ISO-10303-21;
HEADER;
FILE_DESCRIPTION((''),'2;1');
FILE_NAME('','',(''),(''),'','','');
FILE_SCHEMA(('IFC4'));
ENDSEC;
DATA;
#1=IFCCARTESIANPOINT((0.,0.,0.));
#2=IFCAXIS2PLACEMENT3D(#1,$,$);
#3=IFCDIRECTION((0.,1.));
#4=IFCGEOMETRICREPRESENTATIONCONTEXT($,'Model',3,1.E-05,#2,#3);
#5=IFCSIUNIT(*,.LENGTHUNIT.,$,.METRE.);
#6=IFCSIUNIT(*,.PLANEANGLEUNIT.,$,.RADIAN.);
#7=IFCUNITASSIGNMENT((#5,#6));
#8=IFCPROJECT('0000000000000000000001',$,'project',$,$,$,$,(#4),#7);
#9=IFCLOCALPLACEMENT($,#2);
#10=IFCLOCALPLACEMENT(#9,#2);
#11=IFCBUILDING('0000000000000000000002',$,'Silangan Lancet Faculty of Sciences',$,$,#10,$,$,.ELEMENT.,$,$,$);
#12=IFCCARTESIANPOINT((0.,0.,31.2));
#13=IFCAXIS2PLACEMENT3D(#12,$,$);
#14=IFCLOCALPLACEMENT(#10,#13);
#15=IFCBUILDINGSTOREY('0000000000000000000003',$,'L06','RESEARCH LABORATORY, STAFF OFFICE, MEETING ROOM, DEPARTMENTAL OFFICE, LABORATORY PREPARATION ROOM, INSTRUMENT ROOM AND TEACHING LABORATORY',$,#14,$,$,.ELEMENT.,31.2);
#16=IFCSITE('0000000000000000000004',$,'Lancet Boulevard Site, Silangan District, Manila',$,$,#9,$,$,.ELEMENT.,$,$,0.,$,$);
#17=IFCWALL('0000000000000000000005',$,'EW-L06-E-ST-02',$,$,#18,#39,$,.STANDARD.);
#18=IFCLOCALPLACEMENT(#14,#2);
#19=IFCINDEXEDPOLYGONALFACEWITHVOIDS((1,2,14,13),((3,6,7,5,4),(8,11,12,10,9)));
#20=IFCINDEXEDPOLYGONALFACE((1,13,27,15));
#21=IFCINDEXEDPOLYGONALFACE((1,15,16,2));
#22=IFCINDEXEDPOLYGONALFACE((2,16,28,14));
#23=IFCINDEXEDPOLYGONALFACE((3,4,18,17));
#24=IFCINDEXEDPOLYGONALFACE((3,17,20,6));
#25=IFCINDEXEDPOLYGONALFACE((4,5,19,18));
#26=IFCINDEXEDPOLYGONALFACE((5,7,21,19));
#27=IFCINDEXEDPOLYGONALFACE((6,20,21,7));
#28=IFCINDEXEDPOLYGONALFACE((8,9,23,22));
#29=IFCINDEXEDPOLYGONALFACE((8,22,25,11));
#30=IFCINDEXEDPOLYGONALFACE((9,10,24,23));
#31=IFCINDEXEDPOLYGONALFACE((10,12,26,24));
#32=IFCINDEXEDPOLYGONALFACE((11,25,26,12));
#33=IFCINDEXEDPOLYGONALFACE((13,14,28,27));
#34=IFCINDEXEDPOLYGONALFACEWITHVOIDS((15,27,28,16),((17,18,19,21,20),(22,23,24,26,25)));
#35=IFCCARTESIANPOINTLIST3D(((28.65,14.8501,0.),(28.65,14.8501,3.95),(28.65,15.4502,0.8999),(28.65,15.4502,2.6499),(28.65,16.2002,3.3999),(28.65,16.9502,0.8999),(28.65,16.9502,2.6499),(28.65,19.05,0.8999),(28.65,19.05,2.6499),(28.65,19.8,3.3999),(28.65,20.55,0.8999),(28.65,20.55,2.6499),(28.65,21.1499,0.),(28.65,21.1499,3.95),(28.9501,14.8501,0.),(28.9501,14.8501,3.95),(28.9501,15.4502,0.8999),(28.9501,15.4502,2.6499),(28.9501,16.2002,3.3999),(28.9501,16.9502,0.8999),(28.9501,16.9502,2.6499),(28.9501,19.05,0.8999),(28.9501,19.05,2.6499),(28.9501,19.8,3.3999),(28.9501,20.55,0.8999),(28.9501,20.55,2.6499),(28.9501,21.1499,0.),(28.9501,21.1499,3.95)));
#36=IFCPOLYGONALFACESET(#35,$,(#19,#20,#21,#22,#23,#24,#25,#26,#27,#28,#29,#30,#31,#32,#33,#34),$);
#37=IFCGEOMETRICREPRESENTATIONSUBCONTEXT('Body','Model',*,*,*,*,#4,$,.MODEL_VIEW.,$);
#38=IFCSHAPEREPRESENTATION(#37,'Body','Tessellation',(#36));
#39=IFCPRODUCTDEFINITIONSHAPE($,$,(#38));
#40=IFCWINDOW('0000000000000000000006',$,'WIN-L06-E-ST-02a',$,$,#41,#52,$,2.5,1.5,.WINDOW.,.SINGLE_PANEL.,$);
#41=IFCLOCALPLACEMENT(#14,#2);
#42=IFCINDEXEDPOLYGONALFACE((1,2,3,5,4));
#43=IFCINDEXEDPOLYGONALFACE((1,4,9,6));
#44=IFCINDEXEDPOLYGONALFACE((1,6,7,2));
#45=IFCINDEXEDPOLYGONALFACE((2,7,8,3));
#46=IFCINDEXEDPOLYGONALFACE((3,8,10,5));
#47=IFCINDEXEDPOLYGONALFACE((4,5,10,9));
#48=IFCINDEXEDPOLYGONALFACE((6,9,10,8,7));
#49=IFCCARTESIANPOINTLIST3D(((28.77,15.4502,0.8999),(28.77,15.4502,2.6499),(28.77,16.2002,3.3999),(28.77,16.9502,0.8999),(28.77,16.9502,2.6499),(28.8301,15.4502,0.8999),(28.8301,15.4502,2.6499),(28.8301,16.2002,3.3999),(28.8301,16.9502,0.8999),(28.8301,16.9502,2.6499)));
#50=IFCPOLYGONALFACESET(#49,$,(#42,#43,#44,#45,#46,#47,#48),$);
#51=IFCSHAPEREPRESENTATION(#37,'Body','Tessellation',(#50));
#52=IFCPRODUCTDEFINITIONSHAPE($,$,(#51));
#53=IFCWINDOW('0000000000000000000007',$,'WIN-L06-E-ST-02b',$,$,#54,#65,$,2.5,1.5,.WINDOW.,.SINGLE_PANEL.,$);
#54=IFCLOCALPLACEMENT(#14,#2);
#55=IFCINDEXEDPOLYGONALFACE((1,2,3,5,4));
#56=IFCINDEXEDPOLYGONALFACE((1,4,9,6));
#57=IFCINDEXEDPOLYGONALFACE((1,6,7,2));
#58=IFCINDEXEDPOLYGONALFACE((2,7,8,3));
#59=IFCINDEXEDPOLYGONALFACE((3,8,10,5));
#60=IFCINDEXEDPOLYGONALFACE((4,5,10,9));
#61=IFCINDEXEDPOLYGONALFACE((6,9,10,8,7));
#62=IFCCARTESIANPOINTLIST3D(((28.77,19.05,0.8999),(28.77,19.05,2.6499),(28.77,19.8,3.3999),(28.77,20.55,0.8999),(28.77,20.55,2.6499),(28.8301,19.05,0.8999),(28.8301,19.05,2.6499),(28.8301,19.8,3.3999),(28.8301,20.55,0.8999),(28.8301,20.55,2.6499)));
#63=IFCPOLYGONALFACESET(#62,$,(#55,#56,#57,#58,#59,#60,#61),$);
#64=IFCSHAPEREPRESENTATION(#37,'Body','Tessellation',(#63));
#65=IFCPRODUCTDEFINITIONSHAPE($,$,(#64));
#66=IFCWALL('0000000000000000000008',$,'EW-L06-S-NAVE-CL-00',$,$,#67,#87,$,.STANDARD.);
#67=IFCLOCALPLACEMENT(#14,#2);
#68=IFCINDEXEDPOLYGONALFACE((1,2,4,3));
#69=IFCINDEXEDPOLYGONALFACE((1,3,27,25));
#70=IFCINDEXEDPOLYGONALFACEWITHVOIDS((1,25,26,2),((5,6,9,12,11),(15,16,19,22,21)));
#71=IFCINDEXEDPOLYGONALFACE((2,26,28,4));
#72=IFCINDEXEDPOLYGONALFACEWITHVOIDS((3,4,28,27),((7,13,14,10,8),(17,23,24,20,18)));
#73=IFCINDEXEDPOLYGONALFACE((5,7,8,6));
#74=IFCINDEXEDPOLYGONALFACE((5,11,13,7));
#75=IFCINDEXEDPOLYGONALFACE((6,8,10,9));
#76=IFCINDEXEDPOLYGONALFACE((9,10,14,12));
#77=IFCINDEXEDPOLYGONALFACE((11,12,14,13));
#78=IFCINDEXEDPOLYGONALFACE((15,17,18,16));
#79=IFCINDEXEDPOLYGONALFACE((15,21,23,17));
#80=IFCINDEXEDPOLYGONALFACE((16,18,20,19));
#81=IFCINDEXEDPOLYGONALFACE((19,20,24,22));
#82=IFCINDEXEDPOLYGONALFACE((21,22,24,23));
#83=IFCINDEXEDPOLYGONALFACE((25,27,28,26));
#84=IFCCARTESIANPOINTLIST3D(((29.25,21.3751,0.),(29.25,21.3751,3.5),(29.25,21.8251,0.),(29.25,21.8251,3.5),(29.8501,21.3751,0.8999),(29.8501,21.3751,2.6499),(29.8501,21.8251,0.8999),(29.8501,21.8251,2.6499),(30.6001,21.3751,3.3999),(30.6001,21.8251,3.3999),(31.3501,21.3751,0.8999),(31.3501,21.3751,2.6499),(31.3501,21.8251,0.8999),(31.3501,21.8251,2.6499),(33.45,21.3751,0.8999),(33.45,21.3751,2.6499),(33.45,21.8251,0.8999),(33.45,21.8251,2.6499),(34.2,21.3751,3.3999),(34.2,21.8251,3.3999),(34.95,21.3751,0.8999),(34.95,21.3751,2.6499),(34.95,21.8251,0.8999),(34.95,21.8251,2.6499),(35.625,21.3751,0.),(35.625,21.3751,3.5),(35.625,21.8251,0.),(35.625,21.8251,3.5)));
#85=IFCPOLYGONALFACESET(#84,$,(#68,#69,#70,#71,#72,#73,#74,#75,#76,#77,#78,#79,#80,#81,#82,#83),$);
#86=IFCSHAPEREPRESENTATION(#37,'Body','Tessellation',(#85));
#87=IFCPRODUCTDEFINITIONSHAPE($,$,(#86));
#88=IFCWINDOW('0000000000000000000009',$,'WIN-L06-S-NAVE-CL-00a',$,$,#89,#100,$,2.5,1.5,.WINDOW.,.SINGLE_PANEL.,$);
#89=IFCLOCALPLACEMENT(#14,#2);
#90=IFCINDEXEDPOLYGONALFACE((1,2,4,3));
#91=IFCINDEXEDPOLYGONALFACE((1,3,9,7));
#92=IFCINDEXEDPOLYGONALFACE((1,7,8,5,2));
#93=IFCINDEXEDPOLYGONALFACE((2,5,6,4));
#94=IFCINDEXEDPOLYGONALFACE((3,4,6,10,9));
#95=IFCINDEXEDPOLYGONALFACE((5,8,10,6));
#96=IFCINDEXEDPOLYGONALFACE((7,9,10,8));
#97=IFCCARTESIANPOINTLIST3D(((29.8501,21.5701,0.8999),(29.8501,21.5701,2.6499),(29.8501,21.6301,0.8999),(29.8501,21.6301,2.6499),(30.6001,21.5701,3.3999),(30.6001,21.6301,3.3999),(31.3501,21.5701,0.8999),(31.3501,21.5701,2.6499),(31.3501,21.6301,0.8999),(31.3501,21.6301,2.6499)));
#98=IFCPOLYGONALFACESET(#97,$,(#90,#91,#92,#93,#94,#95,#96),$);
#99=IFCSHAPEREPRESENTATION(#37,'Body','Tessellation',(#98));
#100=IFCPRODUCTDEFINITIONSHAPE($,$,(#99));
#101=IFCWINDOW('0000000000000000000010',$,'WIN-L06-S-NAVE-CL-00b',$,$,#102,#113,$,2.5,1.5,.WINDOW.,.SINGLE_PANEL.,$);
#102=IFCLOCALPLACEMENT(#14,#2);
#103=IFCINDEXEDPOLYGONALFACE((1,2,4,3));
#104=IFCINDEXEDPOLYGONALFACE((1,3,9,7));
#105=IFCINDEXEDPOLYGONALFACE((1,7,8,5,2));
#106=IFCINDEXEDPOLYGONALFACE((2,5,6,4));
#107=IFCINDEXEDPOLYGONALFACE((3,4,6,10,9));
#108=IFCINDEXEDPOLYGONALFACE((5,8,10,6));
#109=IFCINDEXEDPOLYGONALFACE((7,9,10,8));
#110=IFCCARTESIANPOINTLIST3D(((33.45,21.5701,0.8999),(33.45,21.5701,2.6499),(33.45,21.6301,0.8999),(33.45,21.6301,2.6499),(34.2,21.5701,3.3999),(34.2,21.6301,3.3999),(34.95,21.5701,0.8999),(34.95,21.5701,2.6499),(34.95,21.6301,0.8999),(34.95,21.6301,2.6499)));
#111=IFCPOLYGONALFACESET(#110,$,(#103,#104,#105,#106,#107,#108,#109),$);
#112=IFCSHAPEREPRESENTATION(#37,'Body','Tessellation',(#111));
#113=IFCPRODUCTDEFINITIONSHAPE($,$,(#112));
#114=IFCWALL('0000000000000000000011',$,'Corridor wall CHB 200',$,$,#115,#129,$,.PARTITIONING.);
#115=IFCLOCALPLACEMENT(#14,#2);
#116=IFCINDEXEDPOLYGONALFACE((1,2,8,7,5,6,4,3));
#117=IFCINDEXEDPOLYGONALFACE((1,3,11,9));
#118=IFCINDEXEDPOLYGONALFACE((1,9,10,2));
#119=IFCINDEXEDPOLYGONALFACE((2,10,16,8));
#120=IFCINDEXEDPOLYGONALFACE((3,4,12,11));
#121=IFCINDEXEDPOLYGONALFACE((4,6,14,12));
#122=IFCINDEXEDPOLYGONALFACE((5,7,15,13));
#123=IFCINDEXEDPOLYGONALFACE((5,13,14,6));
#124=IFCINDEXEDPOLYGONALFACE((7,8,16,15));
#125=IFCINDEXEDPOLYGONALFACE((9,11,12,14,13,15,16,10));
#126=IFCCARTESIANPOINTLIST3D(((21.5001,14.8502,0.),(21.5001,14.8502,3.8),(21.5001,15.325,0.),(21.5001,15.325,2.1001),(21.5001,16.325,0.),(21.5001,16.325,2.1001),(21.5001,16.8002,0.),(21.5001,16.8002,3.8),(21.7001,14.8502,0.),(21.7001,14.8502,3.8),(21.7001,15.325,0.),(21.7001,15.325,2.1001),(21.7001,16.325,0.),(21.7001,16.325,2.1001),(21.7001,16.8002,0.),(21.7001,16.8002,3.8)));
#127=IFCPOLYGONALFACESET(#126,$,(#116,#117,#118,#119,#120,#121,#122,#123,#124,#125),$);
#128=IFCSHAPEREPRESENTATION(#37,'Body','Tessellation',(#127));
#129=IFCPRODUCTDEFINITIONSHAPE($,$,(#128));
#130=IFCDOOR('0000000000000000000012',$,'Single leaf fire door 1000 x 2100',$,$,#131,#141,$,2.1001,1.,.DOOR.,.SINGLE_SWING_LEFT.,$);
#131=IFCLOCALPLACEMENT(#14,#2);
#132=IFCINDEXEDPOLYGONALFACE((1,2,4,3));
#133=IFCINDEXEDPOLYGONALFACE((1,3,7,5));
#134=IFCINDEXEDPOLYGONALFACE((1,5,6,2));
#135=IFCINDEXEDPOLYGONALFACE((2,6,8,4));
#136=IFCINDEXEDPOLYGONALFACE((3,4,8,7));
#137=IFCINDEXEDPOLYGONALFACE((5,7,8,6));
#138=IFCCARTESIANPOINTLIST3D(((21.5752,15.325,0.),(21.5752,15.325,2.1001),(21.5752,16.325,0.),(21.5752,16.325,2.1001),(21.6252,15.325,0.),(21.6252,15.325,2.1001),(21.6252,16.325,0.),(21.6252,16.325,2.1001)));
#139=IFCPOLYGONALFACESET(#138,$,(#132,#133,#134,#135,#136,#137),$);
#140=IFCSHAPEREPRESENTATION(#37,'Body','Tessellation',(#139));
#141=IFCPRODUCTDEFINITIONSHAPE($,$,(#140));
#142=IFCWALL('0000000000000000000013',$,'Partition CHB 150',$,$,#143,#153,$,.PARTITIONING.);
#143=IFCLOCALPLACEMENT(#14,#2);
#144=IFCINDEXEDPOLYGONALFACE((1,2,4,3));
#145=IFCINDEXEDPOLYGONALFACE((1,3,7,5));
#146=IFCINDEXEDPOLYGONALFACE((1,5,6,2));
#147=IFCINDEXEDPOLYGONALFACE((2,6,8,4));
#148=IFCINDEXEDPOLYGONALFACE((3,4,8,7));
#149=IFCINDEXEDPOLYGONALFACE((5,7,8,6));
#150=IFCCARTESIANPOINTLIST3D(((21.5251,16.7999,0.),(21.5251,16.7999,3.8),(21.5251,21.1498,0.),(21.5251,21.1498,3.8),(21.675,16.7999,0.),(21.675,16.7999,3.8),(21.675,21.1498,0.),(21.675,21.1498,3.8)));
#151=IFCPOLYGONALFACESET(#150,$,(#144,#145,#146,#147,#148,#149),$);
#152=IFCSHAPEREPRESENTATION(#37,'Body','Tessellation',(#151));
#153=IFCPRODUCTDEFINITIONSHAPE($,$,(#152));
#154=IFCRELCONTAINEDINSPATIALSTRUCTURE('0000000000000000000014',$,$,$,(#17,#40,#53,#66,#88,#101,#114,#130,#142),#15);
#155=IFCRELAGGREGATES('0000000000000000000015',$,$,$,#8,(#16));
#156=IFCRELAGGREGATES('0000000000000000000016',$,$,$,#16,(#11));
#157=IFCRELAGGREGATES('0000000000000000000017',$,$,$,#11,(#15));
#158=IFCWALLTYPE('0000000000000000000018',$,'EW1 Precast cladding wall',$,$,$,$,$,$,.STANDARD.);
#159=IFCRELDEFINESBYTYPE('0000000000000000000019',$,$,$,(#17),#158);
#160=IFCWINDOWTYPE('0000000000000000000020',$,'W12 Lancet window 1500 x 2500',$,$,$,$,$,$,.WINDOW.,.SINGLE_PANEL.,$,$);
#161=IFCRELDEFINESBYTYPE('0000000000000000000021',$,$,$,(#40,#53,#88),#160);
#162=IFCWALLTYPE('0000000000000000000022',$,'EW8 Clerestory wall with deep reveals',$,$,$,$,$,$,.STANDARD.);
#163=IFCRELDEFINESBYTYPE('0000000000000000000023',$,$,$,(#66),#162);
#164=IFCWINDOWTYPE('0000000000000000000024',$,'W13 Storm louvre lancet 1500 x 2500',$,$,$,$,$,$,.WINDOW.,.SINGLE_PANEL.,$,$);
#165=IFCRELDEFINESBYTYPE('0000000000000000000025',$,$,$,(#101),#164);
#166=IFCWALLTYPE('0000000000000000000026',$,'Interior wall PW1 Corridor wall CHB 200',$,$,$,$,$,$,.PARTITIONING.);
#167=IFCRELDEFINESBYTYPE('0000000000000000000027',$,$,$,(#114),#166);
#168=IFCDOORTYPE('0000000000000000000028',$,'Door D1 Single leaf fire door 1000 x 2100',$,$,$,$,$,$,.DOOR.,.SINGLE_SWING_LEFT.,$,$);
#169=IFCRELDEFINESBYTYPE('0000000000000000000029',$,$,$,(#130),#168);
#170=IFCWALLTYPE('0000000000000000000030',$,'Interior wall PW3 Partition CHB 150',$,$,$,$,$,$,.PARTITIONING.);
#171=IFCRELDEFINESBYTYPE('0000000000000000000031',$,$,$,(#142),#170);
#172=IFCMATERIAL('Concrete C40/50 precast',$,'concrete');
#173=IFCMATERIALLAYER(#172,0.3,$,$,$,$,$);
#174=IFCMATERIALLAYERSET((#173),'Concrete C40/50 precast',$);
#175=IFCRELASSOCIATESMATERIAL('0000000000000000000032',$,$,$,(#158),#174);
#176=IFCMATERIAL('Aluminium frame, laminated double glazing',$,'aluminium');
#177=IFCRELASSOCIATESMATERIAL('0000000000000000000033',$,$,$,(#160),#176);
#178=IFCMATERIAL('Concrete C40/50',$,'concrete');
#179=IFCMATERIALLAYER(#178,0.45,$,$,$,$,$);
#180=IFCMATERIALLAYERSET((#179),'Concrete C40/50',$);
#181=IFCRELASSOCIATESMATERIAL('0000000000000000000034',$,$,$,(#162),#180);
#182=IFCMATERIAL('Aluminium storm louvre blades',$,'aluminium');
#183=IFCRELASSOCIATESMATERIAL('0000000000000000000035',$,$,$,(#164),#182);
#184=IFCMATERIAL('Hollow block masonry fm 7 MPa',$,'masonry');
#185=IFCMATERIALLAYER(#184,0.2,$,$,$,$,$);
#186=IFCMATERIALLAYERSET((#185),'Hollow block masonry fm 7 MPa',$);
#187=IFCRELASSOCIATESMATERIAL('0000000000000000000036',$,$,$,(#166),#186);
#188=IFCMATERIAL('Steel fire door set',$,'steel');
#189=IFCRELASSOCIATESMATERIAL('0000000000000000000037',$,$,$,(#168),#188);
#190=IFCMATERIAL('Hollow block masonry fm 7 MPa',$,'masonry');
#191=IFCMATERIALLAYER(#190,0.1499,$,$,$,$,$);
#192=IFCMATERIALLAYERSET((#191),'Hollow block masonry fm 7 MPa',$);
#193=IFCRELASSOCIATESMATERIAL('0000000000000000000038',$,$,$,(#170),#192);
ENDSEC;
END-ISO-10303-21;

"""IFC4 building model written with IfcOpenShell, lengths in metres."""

from ifc_helpers import new_model, si_unit, direction, frame, frame_2d, origin, place, context, subcontext, project, spatial, polyline, rectangle, outline, extrude, material, layer, layer_set, type_object, element, fill, save


model = new_model("IFC4")

# Units and contexts
model_context = context("Model", 3, precision=1e-05, world=origin(), true_north=direction((0.0, 1.0)))
body_context = subcontext(model_context, "Body", "Model", "MODEL_VIEW")
ifc_project = project(units=[si_unit("LENGTHUNIT", "METRE"), si_unit("PLANEANGLEUNIT", "RADIAN")], contexts=[model_context])

# Site, building, storey
site_placement = place(None, origin())
site = spatial("IfcSite", under=ifc_project, at=site_placement, Name="Lancet Boulevard Site, Silangan District, Manila", CompositionType="ELEMENT", RefElevation=0.0)
building_placement = place(site_placement, origin())
building = spatial("IfcBuilding", under=site, at=building_placement, Name="Silangan Lancet Faculty of Sciences", CompositionType="ELEMENT")
storey_placement = place(building_placement, frame((0.0, 0.0, 31.2)))
storey = spatial("IfcBuildingStorey", under=building, at=storey_placement, Name="L06", Description="RESEARCH LABORATORY, STAFF OFFICE, MEETING ROOM, DEPARTMENTAL OFFICE, LABORATORY PREPARATION ROOM, INSTRUMENT ROOM AND TEACHING LABORATORY", CompositionType="ELEMENT", Elevation=31.2)

# Walls, openings, windows
ifc_material_1 = material(Name="Concrete C40/50 precast", Category="concrete")
ifc_layer_1 = layer(ifc_material_1, 0.3)
ifc_layer_set_1 = layer_set([ifc_layer_1], Name="Concrete C40/50 precast")
wall_type_1 = type_object("IfcWallType", Name="EW1 Precast cladding wall", PredefinedType="STANDARD", material=ifc_layer_set_1)
wall_1_placement = place(storey_placement, frame((28.8, 14.8501, 0.0), z_axis=(0.0, 0.0, 1.0), x_axis=(0.0, 1.0, 0.0)))
wall_1 = element("IfcWall", 1, at=wall_1_placement, inside=storey, type_object=wall_type_1, Name="EW-L06-E-ST-02", PredefinedType="STANDARD", context=body_context, shape_type="SweptSolid", body=[
    extrude(rectangle(XDim=6.2998, YDim=0.3, at=frame_2d((3.1499, 0.0))), origin(), (0.0, 0.0, 1.0), 3.95),
])
opening_1_placement = place(wall_1_placement, frame((0.6001, 0.0, 0.8999)))
opening_1 = element("IfcOpeningElement", 2, at=opening_1_placement, cuts=wall_1, PredefinedType="OPENING", context=body_context, shape_type="SweptSolid", body=[
    extrude(outline(polyline([(0.0, 0.0), (1.5, 0.0), (1.5, 1.75), (0.75, 2.5), (0.0, 1.75), (0.0, 0.0)])), frame((0.0, 0.1599, 0.0), z_axis=(0.0, -1.0, 0.0), x_axis=(1.0, 0.0, 0.0)), (0.0, 0.0, 1.0), 0.3201),
])
opening_2_placement = place(wall_1_placement, frame((4.2, 0.0, 0.8999)))
opening_2 = element("IfcOpeningElement", 3, at=opening_2_placement, cuts=wall_1, PredefinedType="OPENING", context=body_context, shape_type="SweptSolid", body=[
    extrude(outline(polyline([(0.0, 0.0), (1.5, 0.0), (1.5, 1.75), (0.75, 2.5), (0.0, 1.75), (0.0, 0.0)])), frame((0.0, 0.1599, 0.0), z_axis=(0.0, -1.0, 0.0), x_axis=(1.0, 0.0, 0.0)), (0.0, 0.0, 1.0), 0.3201),
])
ifc_material_2 = material(Name="Aluminium frame, laminated double glazing", Category="aluminium")
window_type_1 = type_object("IfcWindowType", Name="W12 Lancet window 1500 x 2500", PartitioningType="SINGLE_PANEL", PredefinedType="WINDOW", material=ifc_material_2)
window_1_placement = place(opening_1_placement, origin())
window_1 = element("IfcWindow", 4, at=window_1_placement, inside=storey, type_object=window_type_1, Name="WIN-L06-E-ST-02a", OverallHeight=2.5, OverallWidth=1.5, PartitioningType="SINGLE_PANEL", PredefinedType="WINDOW", context=body_context, shape_type="SweptSolid", body=[
    extrude(outline(polyline([(0.0, 0.0), (1.5, 0.0), (1.5, 1.75), (0.75, 2.5), (0.0, 1.75), (0.0, 0.0)])), frame((0.0, 0.03, 0.0), z_axis=(0.0, -1.0, 0.0), x_axis=(1.0, 0.0, 0.0)), (0.0, 0.0, 1.0), 0.0601),
])
fill(opening_1, window_1)
window_2_placement = place(opening_2_placement, origin())
window_2 = element("IfcWindow", 5, at=window_2_placement, inside=storey, type_object=window_type_1, Name="WIN-L06-E-ST-02b", OverallHeight=2.5, OverallWidth=1.5, PartitioningType="SINGLE_PANEL", PredefinedType="WINDOW", context=body_context, shape_type="SweptSolid", body=[
    extrude(outline(polyline([(0.0, 0.0), (1.5, 0.0), (1.5, 1.75), (0.75, 2.5), (0.0, 1.75), (0.0, 0.0)])), frame((0.0, 0.03, 0.0), z_axis=(0.0, -1.0, 0.0), x_axis=(1.0, 0.0, 0.0)), (0.0, 0.0, 1.0), 0.0601),
])
fill(opening_2, window_2)
ifc_material_3 = material(Name="Concrete C40/50", Category="concrete")
ifc_layer_2 = layer(ifc_material_3, 0.45)
ifc_layer_set_2 = layer_set([ifc_layer_2], Name="Concrete C40/50")
wall_type_2 = type_object("IfcWallType", Name="EW8 Clerestory wall with deep reveals", PredefinedType="STANDARD", material=ifc_layer_set_2)
wall_2_placement = place(storey_placement, frame((29.25, 21.6001, 0.0), z_axis=(0.0, 0.0, 1.0), x_axis=(1.0, 0.0, 0.0)))
wall_2 = element("IfcWall", 6, at=wall_2_placement, inside=storey, type_object=wall_type_2, Name="EW-L06-S-NAVE-CL-00", PredefinedType="STANDARD", context=body_context, shape_type="SweptSolid", body=[
    extrude(rectangle(XDim=6.375, YDim=0.45, at=frame_2d((3.1875, 0.0))), origin(), (0.0, 0.0, 1.0), 3.5),
])
opening_3_placement = place(wall_2_placement, frame((0.6001, 0.0, 0.8999)))
opening_3 = element("IfcOpeningElement", 7, at=opening_3_placement, cuts=wall_2, PredefinedType="OPENING", context=body_context, shape_type="SweptSolid", body=[
    extrude(outline(polyline([(0.0, 0.0), (1.5, 0.0), (1.5, 1.75), (0.75, 2.5), (0.0, 1.75), (0.0, 0.0)])), frame((0.0, 0.2349, 0.0), z_axis=(0.0, -1.0, 0.0), x_axis=(1.0, 0.0, 0.0)), (0.0, 0.0, 1.0), 0.47),
])
opening_4_placement = place(wall_2_placement, frame((4.2, 0.0, 0.8999)))
opening_4 = element("IfcOpeningElement", 8, at=opening_4_placement, cuts=wall_2, PredefinedType="OPENING", context=body_context, shape_type="SweptSolid", body=[
    extrude(outline(polyline([(0.0, 0.0), (1.5, 0.0), (1.5, 1.75), (0.75, 2.5), (0.0, 1.75), (0.0, 0.0)])), frame((0.0, 0.2349, 0.0), z_axis=(0.0, -1.0, 0.0), x_axis=(1.0, 0.0, 0.0)), (0.0, 0.0, 1.0), 0.47),
])
window_3_placement = place(opening_3_placement, origin())
window_3 = element("IfcWindow", 9, at=window_3_placement, inside=storey, type_object=window_type_1, Name="WIN-L06-S-NAVE-CL-00a", OverallHeight=2.5, OverallWidth=1.5, PartitioningType="SINGLE_PANEL", PredefinedType="WINDOW", context=body_context, shape_type="SweptSolid", body=[
    extrude(outline(polyline([(0.0, 0.0), (1.5, 0.0), (1.5, 1.75), (0.75, 2.5), (0.0, 1.75), (0.0, 0.0)])), frame((0.0, 0.03, 0.0), z_axis=(0.0, -1.0, 0.0), x_axis=(1.0, 0.0, 0.0)), (0.0, 0.0, 1.0), 0.0601),
])
fill(opening_3, window_3)
ifc_material_4 = material(Name="Aluminium storm louvre blades", Category="aluminium")
window_type_2 = type_object("IfcWindowType", Name="W13 Storm louvre lancet 1500 x 2500", PartitioningType="SINGLE_PANEL", PredefinedType="WINDOW", material=ifc_material_4)
window_4_placement = place(opening_4_placement, origin())
window_4 = element("IfcWindow", 10, at=window_4_placement, inside=storey, type_object=window_type_2, Name="WIN-L06-S-NAVE-CL-00b", OverallHeight=2.5, OverallWidth=1.5, PartitioningType="SINGLE_PANEL", PredefinedType="WINDOW", context=body_context, shape_type="SweptSolid", body=[
    extrude(outline(polyline([(0.0, 0.0), (1.5, 0.0), (1.5, 1.75), (0.75, 2.5), (0.0, 1.75), (0.0, 0.0)])), frame((0.0, 0.03, 0.0), z_axis=(0.0, -1.0, 0.0), x_axis=(1.0, 0.0, 0.0)), (0.0, 0.0, 1.0), 0.0601),
])
fill(opening_4, window_4)

# Wall, opening, door
ifc_material_5 = material(Name="Hollow block masonry fm 7 MPa", Category="masonry")
ifc_layer_3 = layer(ifc_material_5, 0.2)
ifc_layer_set_3 = layer_set([ifc_layer_3], Name="Hollow block masonry fm 7 MPa")
wall_type_3 = type_object("IfcWallType", Name="Interior wall PW1 Corridor wall CHB 200", PredefinedType="PARTITIONING", material=ifc_layer_set_3)
wall_3_placement = place(storey_placement, frame((21.6001, 14.8501, 0.0), z_axis=(0.0, 0.0, 1.0), x_axis=(0.0, 1.0, 0.0)))
wall_3 = element("IfcWall", 11, at=wall_3_placement, inside=storey, type_object=wall_type_3, Name="Corridor wall CHB 200", PredefinedType="PARTITIONING", context=body_context, shape_type="SweptSolid", body=[
    extrude(rectangle(XDim=1.95, YDim=0.2, at=frame_2d((0.9751, 0.0))), origin(), (0.0, 0.0, 1.0), 3.8),
])
opening_5_placement = place(wall_3_placement, frame((0.4749, 0.0, 0.0)))
opening_5 = element("IfcOpeningElement", 12, at=opening_5_placement, cuts=wall_3, PredefinedType="OPENING", context=body_context, shape_type="SweptSolid", body=[
    extrude(rectangle(XDim=1.0, YDim=2.1001, at=frame_2d((0.5, 1.05))), frame((0.0, 0.1099, 0.0), z_axis=(0.0, -1.0, 0.0), x_axis=(1.0, 0.0, 0.0)), (0.0, 0.0, 1.0), 0.22),
])
ifc_material_6 = material(Name="Steel fire door set", Category="steel")
door_type = type_object("IfcDoorType", Name="Door D1 Single leaf fire door 1000 x 2100", OperationType="SINGLE_SWING_LEFT", PredefinedType="DOOR", material=ifc_material_6)
door_placement = place(opening_5_placement, frame((1.0, 0.0, 0.0), z_axis=(0.0, 0.0, 1.0), x_axis=(-1.0, 0.0, 0.0)))
door = element("IfcDoor", 13, at=door_placement, inside=storey, type_object=door_type, Name="Single leaf fire door 1000 x 2100", OperationType="SINGLE_SWING_LEFT", OverallHeight=2.1001, OverallWidth=1.0, PredefinedType="DOOR", context=body_context, shape_type="SweptSolid", body=[
    extrude(rectangle(XDim=1.0, YDim=2.1001, at=frame_2d((0.5, 1.05))), frame((0.0, 0.0251, 0.0), z_axis=(0.0, -1.0, 0.0), x_axis=(1.0, 0.0, 0.0)), (0.0, 0.0, 1.0), 0.05),
])
fill(opening_5, door)

# Wall
ifc_material_7 = material(Name="Hollow block masonry fm 7 MPa", Category="masonry")
ifc_layer_4 = layer(ifc_material_7, 0.1499)
ifc_layer_set_4 = layer_set([ifc_layer_4], Name="Hollow block masonry fm 7 MPa")
wall_type_4 = type_object("IfcWallType", Name="Interior wall PW3 Partition CHB 150", PredefinedType="PARTITIONING", material=ifc_layer_set_4)
wall_4_placement = place(storey_placement, frame((21.6001, 16.8, 0.0), z_axis=(0.0, 0.0, 1.0), x_axis=(0.0, 1.0, 0.0)))
element("IfcWall", 14, at=wall_4_placement, inside=storey, type_object=wall_type_4, Name="Partition CHB 150", PredefinedType="PARTITIONING", context=body_context, shape_type="SweptSolid", body=[
    extrude(rectangle(XDim=4.3499, YDim=0.1499, at=frame_2d((2.1748, 0.0))), origin(), (0.0, 0.0, 1.0), 3.8),
])

save(model, "model.ifc")
